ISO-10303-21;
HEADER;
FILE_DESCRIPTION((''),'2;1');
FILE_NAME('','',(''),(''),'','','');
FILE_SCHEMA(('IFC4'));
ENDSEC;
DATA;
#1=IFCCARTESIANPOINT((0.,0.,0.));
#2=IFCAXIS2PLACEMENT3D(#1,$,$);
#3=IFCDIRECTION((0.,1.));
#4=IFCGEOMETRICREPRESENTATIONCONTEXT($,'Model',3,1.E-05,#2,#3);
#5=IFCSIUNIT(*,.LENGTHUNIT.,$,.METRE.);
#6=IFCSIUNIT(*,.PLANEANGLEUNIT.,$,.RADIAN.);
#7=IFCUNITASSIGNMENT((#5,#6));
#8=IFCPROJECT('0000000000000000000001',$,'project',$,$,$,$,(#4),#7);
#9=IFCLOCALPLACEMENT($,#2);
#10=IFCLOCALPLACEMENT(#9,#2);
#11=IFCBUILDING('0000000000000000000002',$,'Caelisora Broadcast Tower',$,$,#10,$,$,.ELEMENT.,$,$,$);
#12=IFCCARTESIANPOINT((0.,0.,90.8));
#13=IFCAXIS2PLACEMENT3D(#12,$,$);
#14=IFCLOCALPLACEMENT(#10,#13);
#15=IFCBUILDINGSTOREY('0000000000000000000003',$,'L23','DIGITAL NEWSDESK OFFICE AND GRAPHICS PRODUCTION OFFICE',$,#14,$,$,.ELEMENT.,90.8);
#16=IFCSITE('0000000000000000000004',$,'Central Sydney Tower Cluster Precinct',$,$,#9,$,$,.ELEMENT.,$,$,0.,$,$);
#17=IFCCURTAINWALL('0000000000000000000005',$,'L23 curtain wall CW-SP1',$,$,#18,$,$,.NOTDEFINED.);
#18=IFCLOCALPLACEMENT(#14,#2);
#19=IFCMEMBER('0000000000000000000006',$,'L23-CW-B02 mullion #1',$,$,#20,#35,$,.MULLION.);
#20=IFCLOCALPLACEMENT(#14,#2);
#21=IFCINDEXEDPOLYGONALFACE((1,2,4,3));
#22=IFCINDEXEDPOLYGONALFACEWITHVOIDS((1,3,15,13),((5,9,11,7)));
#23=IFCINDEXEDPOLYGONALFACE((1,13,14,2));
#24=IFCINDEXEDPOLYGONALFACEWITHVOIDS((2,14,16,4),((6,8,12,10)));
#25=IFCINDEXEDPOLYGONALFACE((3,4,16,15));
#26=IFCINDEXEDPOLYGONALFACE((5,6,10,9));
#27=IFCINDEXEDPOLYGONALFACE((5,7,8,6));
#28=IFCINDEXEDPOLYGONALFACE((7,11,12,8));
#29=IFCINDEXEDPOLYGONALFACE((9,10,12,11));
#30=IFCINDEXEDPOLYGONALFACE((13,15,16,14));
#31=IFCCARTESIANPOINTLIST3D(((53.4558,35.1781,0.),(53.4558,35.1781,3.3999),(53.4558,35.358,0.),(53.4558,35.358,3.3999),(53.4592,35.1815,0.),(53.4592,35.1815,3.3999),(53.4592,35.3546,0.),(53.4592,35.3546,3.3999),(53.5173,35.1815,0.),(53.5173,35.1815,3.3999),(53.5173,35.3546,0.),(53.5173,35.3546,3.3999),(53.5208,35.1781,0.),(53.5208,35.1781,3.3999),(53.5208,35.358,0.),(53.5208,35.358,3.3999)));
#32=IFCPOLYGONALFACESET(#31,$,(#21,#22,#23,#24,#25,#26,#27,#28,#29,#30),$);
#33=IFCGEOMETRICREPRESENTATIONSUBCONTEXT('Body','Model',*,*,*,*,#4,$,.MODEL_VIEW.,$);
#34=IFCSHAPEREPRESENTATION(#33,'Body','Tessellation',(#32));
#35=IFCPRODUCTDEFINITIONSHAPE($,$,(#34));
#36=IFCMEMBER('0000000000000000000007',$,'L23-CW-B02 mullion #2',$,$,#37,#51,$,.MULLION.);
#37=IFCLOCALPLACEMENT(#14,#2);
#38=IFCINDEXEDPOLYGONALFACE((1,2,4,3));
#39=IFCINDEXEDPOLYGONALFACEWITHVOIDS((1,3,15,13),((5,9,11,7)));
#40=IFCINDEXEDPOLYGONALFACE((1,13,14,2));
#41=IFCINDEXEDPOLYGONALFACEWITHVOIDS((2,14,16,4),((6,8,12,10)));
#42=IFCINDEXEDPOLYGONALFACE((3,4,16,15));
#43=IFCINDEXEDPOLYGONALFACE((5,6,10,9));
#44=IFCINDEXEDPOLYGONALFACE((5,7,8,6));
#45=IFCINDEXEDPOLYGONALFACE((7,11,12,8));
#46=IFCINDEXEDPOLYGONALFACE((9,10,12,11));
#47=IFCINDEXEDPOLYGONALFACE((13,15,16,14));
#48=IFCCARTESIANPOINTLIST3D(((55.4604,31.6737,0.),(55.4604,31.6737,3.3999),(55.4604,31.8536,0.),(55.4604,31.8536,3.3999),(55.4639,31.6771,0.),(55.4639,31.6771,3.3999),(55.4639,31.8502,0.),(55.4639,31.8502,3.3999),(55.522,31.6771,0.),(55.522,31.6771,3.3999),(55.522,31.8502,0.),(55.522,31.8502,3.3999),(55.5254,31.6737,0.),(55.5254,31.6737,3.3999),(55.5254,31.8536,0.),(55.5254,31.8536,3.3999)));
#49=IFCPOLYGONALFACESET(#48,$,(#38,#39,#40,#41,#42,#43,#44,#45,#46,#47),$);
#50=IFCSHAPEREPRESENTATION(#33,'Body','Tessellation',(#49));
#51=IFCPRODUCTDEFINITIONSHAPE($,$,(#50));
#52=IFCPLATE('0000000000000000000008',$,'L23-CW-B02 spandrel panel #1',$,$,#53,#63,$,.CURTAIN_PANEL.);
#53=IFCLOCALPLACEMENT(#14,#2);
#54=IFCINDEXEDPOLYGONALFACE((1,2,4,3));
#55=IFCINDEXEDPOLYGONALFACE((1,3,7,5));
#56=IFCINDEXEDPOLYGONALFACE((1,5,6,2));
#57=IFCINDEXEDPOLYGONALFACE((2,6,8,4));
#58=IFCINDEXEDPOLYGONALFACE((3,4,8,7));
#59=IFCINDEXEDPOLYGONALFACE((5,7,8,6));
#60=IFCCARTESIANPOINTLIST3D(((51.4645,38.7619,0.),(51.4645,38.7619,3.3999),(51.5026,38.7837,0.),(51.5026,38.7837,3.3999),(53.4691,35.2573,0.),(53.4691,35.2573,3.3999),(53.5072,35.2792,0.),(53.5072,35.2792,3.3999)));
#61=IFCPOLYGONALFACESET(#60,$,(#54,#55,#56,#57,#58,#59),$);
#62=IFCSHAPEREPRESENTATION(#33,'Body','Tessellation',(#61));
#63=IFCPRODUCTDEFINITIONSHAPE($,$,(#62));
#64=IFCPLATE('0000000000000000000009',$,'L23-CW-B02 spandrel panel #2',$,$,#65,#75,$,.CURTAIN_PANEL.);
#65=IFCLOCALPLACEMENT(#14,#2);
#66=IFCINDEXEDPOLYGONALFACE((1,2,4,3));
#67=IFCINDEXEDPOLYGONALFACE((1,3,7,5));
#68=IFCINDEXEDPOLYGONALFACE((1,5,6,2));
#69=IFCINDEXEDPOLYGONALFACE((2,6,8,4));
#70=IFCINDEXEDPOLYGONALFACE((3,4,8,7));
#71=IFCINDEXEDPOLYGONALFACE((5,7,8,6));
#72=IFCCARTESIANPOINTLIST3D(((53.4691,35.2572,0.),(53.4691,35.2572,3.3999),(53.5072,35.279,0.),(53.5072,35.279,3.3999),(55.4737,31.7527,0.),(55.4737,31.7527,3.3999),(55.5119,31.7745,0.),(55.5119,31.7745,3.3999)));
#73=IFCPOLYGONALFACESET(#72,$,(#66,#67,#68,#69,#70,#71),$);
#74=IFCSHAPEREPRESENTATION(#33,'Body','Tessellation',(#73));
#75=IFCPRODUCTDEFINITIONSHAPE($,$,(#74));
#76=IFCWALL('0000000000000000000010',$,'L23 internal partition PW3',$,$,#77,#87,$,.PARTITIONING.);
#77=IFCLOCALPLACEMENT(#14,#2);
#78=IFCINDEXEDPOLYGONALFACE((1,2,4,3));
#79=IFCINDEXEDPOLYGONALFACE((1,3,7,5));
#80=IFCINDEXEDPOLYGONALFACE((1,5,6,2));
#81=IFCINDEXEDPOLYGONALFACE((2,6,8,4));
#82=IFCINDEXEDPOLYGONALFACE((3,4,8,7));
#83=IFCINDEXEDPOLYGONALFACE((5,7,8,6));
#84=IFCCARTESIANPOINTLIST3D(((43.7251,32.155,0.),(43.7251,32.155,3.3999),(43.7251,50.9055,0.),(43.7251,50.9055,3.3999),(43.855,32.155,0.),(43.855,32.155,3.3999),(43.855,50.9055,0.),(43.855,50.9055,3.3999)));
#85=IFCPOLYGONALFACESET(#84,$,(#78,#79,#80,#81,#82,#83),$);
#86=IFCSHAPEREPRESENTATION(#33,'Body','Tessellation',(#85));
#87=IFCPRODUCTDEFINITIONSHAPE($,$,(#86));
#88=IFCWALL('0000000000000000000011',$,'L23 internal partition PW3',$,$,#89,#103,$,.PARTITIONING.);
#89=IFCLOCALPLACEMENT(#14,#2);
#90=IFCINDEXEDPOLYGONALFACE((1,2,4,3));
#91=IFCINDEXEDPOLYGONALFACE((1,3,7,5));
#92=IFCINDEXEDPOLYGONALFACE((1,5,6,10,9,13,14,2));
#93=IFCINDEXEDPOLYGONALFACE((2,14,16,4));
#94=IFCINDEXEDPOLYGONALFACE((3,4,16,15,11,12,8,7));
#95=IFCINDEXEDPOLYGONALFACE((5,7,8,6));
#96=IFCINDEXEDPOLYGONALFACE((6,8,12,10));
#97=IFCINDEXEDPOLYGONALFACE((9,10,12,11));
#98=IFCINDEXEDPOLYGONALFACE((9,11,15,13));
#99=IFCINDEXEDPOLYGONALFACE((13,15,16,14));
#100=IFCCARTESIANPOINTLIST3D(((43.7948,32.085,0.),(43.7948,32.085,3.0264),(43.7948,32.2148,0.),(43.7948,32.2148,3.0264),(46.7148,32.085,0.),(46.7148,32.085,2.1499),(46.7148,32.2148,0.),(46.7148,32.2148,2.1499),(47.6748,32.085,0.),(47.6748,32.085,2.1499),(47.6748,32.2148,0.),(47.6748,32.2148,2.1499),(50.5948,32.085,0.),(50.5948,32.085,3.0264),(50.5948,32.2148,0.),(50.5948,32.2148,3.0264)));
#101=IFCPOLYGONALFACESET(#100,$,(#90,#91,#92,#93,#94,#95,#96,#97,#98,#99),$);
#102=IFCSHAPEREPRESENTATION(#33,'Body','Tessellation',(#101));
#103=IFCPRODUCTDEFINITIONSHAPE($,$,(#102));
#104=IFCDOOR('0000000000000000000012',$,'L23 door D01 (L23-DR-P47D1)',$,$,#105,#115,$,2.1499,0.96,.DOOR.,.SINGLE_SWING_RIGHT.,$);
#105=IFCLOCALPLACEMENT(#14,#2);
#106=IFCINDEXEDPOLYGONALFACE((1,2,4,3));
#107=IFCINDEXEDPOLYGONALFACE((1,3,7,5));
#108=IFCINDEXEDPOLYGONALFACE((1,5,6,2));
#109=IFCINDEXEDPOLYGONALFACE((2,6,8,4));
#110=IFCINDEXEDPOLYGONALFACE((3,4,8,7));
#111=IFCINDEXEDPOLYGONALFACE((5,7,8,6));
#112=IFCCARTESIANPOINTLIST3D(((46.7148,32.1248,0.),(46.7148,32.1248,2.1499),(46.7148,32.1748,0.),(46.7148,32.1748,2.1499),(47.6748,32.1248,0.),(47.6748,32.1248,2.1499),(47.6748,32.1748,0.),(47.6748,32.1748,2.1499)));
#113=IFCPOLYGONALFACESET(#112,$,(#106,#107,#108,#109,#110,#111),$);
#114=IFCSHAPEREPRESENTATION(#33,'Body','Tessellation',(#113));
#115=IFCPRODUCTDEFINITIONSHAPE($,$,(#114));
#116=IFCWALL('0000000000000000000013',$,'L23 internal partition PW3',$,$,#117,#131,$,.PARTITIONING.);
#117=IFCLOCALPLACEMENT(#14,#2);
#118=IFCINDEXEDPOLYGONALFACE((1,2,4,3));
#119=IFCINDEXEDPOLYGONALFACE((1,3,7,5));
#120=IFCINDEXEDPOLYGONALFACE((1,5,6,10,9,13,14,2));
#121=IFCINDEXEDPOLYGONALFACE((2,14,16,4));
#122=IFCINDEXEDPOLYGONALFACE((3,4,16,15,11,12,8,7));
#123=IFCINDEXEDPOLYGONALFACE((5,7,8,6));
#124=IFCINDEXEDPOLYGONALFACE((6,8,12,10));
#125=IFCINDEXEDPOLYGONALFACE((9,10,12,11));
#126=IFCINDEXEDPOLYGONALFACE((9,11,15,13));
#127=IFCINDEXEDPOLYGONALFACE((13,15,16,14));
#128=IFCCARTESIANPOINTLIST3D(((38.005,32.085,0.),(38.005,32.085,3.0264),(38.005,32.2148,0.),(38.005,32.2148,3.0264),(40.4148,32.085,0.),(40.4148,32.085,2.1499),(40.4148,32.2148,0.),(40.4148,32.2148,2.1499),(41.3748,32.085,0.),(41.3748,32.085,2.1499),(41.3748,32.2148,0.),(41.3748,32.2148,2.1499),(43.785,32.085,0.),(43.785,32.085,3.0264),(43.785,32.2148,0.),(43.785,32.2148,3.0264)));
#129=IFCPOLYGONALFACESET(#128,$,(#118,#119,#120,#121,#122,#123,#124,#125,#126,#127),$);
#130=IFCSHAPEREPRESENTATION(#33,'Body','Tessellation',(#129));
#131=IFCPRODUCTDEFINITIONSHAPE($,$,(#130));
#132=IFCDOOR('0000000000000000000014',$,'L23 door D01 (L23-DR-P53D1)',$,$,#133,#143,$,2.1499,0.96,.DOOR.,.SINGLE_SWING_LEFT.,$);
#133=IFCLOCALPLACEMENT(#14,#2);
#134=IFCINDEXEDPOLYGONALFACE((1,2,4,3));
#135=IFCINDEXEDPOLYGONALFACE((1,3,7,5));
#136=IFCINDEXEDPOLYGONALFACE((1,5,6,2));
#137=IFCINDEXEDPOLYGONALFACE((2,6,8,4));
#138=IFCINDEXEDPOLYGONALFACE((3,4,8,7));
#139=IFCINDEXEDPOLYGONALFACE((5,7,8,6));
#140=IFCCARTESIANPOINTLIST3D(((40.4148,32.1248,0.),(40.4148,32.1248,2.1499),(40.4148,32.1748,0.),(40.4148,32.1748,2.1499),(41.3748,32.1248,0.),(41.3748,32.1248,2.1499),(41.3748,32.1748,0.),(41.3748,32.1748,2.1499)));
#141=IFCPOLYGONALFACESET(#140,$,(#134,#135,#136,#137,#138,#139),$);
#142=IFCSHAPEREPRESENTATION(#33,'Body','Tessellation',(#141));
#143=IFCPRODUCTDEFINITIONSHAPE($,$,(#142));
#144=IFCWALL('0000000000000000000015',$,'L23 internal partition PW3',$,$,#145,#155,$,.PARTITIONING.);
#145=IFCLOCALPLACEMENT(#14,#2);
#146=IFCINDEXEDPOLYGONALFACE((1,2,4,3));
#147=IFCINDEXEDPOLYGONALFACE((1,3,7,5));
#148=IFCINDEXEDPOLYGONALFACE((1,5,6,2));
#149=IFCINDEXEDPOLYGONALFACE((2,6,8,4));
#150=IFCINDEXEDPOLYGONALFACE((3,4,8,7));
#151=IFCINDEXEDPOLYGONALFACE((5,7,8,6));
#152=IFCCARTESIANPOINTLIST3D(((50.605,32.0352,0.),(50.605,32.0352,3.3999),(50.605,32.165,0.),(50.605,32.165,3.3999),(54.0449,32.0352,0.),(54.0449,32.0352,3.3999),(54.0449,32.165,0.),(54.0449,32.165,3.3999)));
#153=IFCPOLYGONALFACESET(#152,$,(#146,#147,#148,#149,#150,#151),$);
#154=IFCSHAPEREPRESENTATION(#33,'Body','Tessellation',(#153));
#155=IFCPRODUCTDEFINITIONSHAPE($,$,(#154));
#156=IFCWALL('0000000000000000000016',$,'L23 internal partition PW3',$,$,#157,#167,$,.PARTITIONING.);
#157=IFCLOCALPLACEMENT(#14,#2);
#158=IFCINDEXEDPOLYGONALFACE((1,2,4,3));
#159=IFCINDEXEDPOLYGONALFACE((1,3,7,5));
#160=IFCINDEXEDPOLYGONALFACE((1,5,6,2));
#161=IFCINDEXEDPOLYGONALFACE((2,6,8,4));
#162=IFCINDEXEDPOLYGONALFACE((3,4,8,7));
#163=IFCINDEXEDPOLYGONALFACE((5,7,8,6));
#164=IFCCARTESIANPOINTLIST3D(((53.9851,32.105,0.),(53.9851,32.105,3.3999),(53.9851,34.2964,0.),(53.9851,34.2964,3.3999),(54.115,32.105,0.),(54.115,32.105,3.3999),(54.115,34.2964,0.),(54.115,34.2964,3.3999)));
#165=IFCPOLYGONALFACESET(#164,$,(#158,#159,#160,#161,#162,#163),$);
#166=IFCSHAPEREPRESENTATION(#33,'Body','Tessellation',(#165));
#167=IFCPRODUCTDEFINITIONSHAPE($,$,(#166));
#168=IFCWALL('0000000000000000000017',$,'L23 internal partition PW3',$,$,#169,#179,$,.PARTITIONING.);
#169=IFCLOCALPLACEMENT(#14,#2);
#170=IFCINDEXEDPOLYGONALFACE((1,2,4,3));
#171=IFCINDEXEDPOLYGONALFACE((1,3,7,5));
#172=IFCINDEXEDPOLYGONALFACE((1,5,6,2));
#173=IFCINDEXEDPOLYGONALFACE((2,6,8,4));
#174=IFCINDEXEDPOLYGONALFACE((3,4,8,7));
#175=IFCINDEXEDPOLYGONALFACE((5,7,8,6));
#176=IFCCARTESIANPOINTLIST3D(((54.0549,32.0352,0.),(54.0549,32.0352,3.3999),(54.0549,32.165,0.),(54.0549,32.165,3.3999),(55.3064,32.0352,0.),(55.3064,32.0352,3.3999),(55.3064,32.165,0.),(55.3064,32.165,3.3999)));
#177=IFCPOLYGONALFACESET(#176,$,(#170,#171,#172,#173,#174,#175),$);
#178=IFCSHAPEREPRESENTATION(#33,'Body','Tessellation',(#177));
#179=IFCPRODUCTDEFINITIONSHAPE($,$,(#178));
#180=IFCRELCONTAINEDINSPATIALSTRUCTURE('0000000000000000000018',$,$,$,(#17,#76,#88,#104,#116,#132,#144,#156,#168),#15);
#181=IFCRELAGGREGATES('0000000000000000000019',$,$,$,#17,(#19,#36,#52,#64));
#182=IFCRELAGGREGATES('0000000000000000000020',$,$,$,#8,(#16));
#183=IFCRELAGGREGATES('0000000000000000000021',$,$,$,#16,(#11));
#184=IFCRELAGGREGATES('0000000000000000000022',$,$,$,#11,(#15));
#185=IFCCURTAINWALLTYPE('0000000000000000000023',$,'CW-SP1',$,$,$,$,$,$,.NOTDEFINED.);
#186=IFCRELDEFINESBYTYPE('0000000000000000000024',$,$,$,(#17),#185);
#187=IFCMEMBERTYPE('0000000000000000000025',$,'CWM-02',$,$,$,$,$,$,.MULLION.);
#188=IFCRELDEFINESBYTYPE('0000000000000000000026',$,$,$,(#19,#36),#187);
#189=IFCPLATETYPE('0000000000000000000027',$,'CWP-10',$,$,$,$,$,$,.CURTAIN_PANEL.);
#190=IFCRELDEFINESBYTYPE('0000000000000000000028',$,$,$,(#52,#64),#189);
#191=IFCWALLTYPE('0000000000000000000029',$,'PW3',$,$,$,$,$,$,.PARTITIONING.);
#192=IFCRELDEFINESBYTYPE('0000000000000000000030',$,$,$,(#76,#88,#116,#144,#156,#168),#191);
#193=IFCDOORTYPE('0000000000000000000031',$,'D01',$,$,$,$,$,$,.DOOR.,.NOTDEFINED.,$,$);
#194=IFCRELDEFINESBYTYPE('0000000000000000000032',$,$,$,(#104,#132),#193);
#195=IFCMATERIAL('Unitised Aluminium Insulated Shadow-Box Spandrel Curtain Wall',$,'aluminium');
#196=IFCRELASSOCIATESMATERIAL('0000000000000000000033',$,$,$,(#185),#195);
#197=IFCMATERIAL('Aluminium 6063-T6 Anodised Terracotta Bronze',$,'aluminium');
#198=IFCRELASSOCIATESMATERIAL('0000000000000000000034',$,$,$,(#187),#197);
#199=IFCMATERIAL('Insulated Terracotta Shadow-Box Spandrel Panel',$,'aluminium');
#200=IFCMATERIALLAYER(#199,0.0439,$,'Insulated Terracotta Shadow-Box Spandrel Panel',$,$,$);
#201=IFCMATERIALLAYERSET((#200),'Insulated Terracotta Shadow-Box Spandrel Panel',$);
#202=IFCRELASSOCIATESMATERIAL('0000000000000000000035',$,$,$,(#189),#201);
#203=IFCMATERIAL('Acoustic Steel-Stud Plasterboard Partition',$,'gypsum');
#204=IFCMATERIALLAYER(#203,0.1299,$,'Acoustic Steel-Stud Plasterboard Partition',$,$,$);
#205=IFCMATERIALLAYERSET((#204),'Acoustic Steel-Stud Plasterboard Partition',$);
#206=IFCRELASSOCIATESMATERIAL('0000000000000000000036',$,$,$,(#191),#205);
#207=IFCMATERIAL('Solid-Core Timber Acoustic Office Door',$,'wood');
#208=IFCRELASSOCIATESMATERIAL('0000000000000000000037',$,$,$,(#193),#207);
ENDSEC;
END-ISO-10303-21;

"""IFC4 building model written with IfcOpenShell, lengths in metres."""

from ifc_helpers import new_model, si_unit, direction, frame, frame_2d, origin, origin_2d, place, context, subcontext, project, spatial, rectangle, hollow_rectangle, extrude, source, transform, mapped, material, layer, layer_set, material_profile, profile_set, type_object, type_shapes, element, fill, aggregate, save


model = new_model("IFC4")

# Units and contexts
model_context = context("Model", 3, precision=1e-05, world=origin(), true_north=direction((0.0, 1.0)))
body_context = subcontext(model_context, "Body", "Model", "MODEL_VIEW")
ifc_project = project(units=[si_unit("LENGTHUNIT", "METRE"), si_unit("PLANEANGLEUNIT", "RADIAN")], contexts=[model_context])

# Site, building, storey
site_placement = place(None, origin())
site = spatial("IfcSite", under=ifc_project, at=site_placement, Name="Central Sydney Tower Cluster Precinct", CompositionType="ELEMENT", RefElevation=0.0)
building_placement = place(site_placement, origin())
building = spatial("IfcBuilding", under=site, at=building_placement, Name="Caelisora Broadcast Tower", CompositionType="ELEMENT")
storey_placement = place(building_placement, frame((0.0, 0.0, 90.8)))
storey = spatial("IfcBuildingStorey", under=building, at=storey_placement, Name="L23", Description="DIGITAL NEWSDESK OFFICE AND GRAPHICS PRODUCTION OFFICE", CompositionType="ELEMENT", Elevation=90.8)

# Curtain wall, members, plates
ifc_material_1 = material(Name="Unitised Aluminium Insulated Shadow-Box Spandrel Curtain Wall", Category="aluminium")
curtain_wall_type = type_object("IfcCurtainWallType", Name="CW-SP1", PredefinedType="NOTDEFINED", material=ifc_material_1)
curtain_wall_placement = place(storey_placement, origin())
curtain_wall = element("IfcCurtainWall", 1, at=curtain_wall_placement, inside=storey, type_object=curtain_wall_type, Name="L23 curtain wall CW-SP1", PredefinedType="NOTDEFINED")
ifc_material_2 = material(Name="Aluminium 6063-T6 Anodised Terracotta Bronze", Category="aluminium")
ifc_material_profile_1 = material_profile(ifc_material_2, hollow_rectangle(XDim=0.0649, YDim=0.1799, WallThickness=0.0034, at=origin_2d()), Name="Aluminium 6063-T6 Anodised Terracotta Bronze")
ifc_profile_set_1 = profile_set([ifc_material_profile_1], Name="Aluminium 6063-T6 Anodised Terracotta Bronze")
member_type = type_object("IfcMemberType", Name="CWM-02", PredefinedType="MULLION", material=ifc_profile_set_1)
shared_shape_1 = source(origin(), body_context, "Body", "SweptSolid", [
    extrude(hollow_rectangle(XDim=0.0649, YDim=0.1799, WallThickness=0.0034, at=origin_2d()), origin(), (0.0, 0.0, 1.0), 3.3999),
])
type_shapes(member_type, [shared_shape_1])
member_1_placement = place(storey_placement, frame((53.4883, 35.2681, 0.0), z_axis=(0.0, 0.0, 1.0), x_axis=(1.0, 0.0, 0.0)))
member_1 = element("IfcMember", 2, at=member_1_placement, type_object=member_type, Name="L23-CW-B02 mullion #1", PredefinedType="MULLION", context=body_context, shape_type="MappedRepresentation", body=[
    mapped(shared_shape_1, transform((0.0, 0.0, 0.0), scale=1.0)),
])
member_2_placement = place(storey_placement, frame((55.4929, 31.7637, 0.0), z_axis=(0.0, 0.0, 1.0), x_axis=(1.0, 0.0, 0.0)))
member_2 = element("IfcMember", 3, at=member_2_placement, type_object=member_type, Name="L23-CW-B02 mullion #2", PredefinedType="MULLION", context=body_context, shape_type="MappedRepresentation", body=[
    mapped(shared_shape_1, transform((0.0, 0.0, 0.0), scale=1.0)),
])
ifc_material_3 = material(Name="Insulated Terracotta Shadow-Box Spandrel Panel", Category="aluminium")
ifc_layer_1 = layer(ifc_material_3, 0.0439, Name="Insulated Terracotta Shadow-Box Spandrel Panel")
ifc_layer_set_1 = layer_set([ifc_layer_1], Name="Insulated Terracotta Shadow-Box Spandrel Panel")
plate_type = type_object("IfcPlateType", Name="CWP-10", PredefinedType="CURTAIN_PANEL", material=ifc_layer_set_1)
shared_shape_2 = source(origin(), body_context, "Body", "SweptSolid", [
    extrude(rectangle(XDim=4.0374, YDim=0.0439, at=origin_2d()), origin(), (0.0, 0.0, 1.0), 3.3999),
])
type_shapes(plate_type, [shared_shape_2])
plate_1_placement = place(storey_placement, frame((52.4858, 37.0205, 0.0), z_axis=(0.0, 0.0, 1.0), x_axis=(0.49652, -0.868026, 0.0)))
plate_1 = element("IfcPlate", 4, at=plate_1_placement, type_object=plate_type, Name="L23-CW-B02 spandrel panel #1", PredefinedType="CURTAIN_PANEL", context=body_context, shape_type="MappedRepresentation", body=[
    mapped(shared_shape_2, transform((0.0, 0.0, 0.0), scale=1.0)),
])
plate_2_placement = place(storey_placement, frame((54.4905, 33.5159, 0.0), z_axis=(0.0, 0.0, 1.0), x_axis=(0.49652, -0.868026, 0.0)))
plate_2 = element("IfcPlate", 5, at=plate_2_placement, type_object=plate_type, Name="L23-CW-B02 spandrel panel #2", PredefinedType="CURTAIN_PANEL", context=body_context, shape_type="MappedRepresentation", body=[
    mapped(shared_shape_2, transform((0.0, 0.0, 0.0), scale=1.0)),
])
aggregate(curtain_wall, [member_1, member_2, plate_1, plate_2])

# Wall
ifc_material_4 = material(Name="Acoustic Steel-Stud Plasterboard Partition", Category="gypsum")
ifc_layer_2 = layer(ifc_material_4, 0.1299, Name="Acoustic Steel-Stud Plasterboard Partition")
ifc_layer_set_2 = layer_set([ifc_layer_2], Name="Acoustic Steel-Stud Plasterboard Partition")
wall_type_1 = type_object("IfcWallType", Name="PW3", PredefinedType="PARTITIONING", material=ifc_layer_set_2)
wall_1_placement = place(storey_placement, frame((43.79, 32.155, 0.0), z_axis=(0.0, 0.0, 1.0), x_axis=(0.0, 1.0, 0.0)))
element("IfcWall", 6, at=wall_1_placement, inside=storey, type_object=wall_type_1, Name="L23 internal partition PW3", PredefinedType="PARTITIONING", context=body_context, shape_type="SweptSolid", body=[
    extrude(rectangle(XDim=18.7505, YDim=0.1299, at=frame_2d((9.3752, 0.0))), origin(), (0.0, 0.0, 1.0), 3.3999),
])

# Walls, openings, doors
wall_2_placement = place(storey_placement, frame((43.7949, 32.1499, 0.0), z_axis=(0.0, 0.0, 1.0), x_axis=(1.0, 0.0, 0.0)))
wall_2 = element("IfcWall", 7, at=wall_2_placement, inside=storey, type_object=wall_type_1, Name="L23 internal partition PW3", PredefinedType="PARTITIONING", context=body_context, shape_type="SweptSolid", body=[
    extrude(rectangle(XDim=6.8, YDim=0.1299, at=frame_2d((3.3999, 0.0))), origin(), (0.0, 0.0, 1.0), 3.0264),
])
opening_1_placement = place(wall_2_placement, frame((2.9199, 0.0, 0.0)))
opening_1 = element("IfcOpeningElement", 8, at=opening_1_placement, cuts=wall_2, PredefinedType="OPENING", context=body_context, shape_type="SweptSolid", body=[
    extrude(rectangle(XDim=0.96, YDim=2.1499, at=frame_2d((0.48, 1.075))), frame((0.0, 0.0769, 0.0), z_axis=(0.0, -1.0, 0.0), x_axis=(1.0, 0.0, 0.0)), (0.0, 0.0, 1.0), 0.1538),
])
ifc_material_5 = material(Name="Solid-Core Timber Acoustic Office Door", Category="wood")
door_type = type_object("IfcDoorType", Name="D01", OperationType="NOTDEFINED", PredefinedType="DOOR", material=ifc_material_5)
door_1_placement = place(opening_1_placement, origin())
door_1 = element("IfcDoor", 9, at=door_1_placement, inside=storey, type_object=door_type, Name="L23 door D01 (L23-DR-P47D1)", OperationType="SINGLE_SWING_RIGHT", OverallHeight=2.1499, OverallWidth=0.96, PredefinedType="DOOR", context=body_context, shape_type="SweptSolid", body=[
    extrude(rectangle(XDim=0.96, YDim=2.1499, at=frame_2d((0.48, 1.075))), frame((0.0, 0.0249, 0.0), z_axis=(0.0, -1.0, 0.0), x_axis=(1.0, 0.0, 0.0)), (0.0, 0.0, 1.0), 0.05),
])
fill(opening_1, door_1)
wall_3_placement = place(storey_placement, frame((38.0049, 32.1499, 0.0), z_axis=(0.0, 0.0, 1.0), x_axis=(1.0, 0.0, 0.0)))
wall_3 = element("IfcWall", 10, at=wall_3_placement, inside=storey, type_object=wall_type_1, Name="L23 internal partition PW3", PredefinedType="PARTITIONING", context=body_context, shape_type="SweptSolid", body=[
    extrude(rectangle(XDim=5.78, YDim=0.1299, at=frame_2d((2.8901, 0.0))), origin(), (0.0, 0.0, 1.0), 3.0264),
])
opening_2_placement = place(wall_3_placement, frame((2.4099, 0.0, 0.0)))
opening_2 = element("IfcOpeningElement", 11, at=opening_2_placement, cuts=wall_3, PredefinedType="OPENING", context=body_context, shape_type="SweptSolid", body=[
    extrude(rectangle(XDim=0.96, YDim=2.1499, at=frame_2d((0.48, 1.075))), frame((0.0, 0.0769, 0.0), z_axis=(0.0, -1.0, 0.0), x_axis=(1.0, 0.0, 0.0)), (0.0, 0.0, 1.0), 0.1538),
])
door_2_placement = place(opening_2_placement, origin())
door_2 = element("IfcDoor", 12, at=door_2_placement, inside=storey, type_object=door_type, Name="L23 door D01 (L23-DR-P53D1)", OperationType="SINGLE_SWING_LEFT", OverallHeight=2.1499, OverallWidth=0.96, PredefinedType="DOOR", context=body_context, shape_type="SweptSolid", body=[
    extrude(rectangle(XDim=0.96, YDim=2.1499, at=frame_2d((0.48, 1.075))), frame((0.0, 0.0249, 0.0), z_axis=(0.0, -1.0, 0.0), x_axis=(1.0, 0.0, 0.0)), (0.0, 0.0, 1.0), 0.05),
])
fill(opening_2, door_2)

# Walls
wall_4_placement = place(storey_placement, frame((50.605, 32.1001, 0.0), z_axis=(0.0, 0.0, 1.0), x_axis=(1.0, 0.0, 0.0)))
element("IfcWall", 13, at=wall_4_placement, inside=storey, type_object=wall_type_1, Name="L23 internal partition PW3", PredefinedType="PARTITIONING", context=body_context, shape_type="SweptSolid", body=[
    extrude(rectangle(XDim=3.4399, YDim=0.1299, at=frame_2d((1.72, 0.0))), origin(), (0.0, 0.0, 1.0), 3.3999),
])
wall_5_placement = place(storey_placement, frame((54.05, 34.2964, 0.0), z_axis=(0.0, 0.0, 1.0), x_axis=(0.0, -1.0, 0.0)))
element("IfcWall", 14, at=wall_5_placement, inside=storey, type_object=wall_type_1, Name="L23 internal partition PW3", PredefinedType="PARTITIONING", context=body_context, shape_type="SweptSolid", body=[
    extrude(rectangle(XDim=2.1914, YDim=0.1299, at=frame_2d((1.0957, 0.0))), origin(), (0.0, 0.0, 1.0), 3.3999),
])
wall_6_placement = place(storey_placement, frame((54.0549, 32.1001, 0.0), z_axis=(0.0, 0.0, 1.0), x_axis=(1.0, 0.0, 0.0)))
element("IfcWall", 15, at=wall_6_placement, inside=storey, type_object=wall_type_1, Name="L23 internal partition PW3", PredefinedType="PARTITIONING", context=body_context, shape_type="SweptSolid", body=[
    extrude(rectangle(XDim=1.2515, YDim=0.1299, at=frame_2d((0.6257, 0.0))), origin(), (0.0, 0.0, 1.0), 3.3999),
])

save(model, "model.ifc")
